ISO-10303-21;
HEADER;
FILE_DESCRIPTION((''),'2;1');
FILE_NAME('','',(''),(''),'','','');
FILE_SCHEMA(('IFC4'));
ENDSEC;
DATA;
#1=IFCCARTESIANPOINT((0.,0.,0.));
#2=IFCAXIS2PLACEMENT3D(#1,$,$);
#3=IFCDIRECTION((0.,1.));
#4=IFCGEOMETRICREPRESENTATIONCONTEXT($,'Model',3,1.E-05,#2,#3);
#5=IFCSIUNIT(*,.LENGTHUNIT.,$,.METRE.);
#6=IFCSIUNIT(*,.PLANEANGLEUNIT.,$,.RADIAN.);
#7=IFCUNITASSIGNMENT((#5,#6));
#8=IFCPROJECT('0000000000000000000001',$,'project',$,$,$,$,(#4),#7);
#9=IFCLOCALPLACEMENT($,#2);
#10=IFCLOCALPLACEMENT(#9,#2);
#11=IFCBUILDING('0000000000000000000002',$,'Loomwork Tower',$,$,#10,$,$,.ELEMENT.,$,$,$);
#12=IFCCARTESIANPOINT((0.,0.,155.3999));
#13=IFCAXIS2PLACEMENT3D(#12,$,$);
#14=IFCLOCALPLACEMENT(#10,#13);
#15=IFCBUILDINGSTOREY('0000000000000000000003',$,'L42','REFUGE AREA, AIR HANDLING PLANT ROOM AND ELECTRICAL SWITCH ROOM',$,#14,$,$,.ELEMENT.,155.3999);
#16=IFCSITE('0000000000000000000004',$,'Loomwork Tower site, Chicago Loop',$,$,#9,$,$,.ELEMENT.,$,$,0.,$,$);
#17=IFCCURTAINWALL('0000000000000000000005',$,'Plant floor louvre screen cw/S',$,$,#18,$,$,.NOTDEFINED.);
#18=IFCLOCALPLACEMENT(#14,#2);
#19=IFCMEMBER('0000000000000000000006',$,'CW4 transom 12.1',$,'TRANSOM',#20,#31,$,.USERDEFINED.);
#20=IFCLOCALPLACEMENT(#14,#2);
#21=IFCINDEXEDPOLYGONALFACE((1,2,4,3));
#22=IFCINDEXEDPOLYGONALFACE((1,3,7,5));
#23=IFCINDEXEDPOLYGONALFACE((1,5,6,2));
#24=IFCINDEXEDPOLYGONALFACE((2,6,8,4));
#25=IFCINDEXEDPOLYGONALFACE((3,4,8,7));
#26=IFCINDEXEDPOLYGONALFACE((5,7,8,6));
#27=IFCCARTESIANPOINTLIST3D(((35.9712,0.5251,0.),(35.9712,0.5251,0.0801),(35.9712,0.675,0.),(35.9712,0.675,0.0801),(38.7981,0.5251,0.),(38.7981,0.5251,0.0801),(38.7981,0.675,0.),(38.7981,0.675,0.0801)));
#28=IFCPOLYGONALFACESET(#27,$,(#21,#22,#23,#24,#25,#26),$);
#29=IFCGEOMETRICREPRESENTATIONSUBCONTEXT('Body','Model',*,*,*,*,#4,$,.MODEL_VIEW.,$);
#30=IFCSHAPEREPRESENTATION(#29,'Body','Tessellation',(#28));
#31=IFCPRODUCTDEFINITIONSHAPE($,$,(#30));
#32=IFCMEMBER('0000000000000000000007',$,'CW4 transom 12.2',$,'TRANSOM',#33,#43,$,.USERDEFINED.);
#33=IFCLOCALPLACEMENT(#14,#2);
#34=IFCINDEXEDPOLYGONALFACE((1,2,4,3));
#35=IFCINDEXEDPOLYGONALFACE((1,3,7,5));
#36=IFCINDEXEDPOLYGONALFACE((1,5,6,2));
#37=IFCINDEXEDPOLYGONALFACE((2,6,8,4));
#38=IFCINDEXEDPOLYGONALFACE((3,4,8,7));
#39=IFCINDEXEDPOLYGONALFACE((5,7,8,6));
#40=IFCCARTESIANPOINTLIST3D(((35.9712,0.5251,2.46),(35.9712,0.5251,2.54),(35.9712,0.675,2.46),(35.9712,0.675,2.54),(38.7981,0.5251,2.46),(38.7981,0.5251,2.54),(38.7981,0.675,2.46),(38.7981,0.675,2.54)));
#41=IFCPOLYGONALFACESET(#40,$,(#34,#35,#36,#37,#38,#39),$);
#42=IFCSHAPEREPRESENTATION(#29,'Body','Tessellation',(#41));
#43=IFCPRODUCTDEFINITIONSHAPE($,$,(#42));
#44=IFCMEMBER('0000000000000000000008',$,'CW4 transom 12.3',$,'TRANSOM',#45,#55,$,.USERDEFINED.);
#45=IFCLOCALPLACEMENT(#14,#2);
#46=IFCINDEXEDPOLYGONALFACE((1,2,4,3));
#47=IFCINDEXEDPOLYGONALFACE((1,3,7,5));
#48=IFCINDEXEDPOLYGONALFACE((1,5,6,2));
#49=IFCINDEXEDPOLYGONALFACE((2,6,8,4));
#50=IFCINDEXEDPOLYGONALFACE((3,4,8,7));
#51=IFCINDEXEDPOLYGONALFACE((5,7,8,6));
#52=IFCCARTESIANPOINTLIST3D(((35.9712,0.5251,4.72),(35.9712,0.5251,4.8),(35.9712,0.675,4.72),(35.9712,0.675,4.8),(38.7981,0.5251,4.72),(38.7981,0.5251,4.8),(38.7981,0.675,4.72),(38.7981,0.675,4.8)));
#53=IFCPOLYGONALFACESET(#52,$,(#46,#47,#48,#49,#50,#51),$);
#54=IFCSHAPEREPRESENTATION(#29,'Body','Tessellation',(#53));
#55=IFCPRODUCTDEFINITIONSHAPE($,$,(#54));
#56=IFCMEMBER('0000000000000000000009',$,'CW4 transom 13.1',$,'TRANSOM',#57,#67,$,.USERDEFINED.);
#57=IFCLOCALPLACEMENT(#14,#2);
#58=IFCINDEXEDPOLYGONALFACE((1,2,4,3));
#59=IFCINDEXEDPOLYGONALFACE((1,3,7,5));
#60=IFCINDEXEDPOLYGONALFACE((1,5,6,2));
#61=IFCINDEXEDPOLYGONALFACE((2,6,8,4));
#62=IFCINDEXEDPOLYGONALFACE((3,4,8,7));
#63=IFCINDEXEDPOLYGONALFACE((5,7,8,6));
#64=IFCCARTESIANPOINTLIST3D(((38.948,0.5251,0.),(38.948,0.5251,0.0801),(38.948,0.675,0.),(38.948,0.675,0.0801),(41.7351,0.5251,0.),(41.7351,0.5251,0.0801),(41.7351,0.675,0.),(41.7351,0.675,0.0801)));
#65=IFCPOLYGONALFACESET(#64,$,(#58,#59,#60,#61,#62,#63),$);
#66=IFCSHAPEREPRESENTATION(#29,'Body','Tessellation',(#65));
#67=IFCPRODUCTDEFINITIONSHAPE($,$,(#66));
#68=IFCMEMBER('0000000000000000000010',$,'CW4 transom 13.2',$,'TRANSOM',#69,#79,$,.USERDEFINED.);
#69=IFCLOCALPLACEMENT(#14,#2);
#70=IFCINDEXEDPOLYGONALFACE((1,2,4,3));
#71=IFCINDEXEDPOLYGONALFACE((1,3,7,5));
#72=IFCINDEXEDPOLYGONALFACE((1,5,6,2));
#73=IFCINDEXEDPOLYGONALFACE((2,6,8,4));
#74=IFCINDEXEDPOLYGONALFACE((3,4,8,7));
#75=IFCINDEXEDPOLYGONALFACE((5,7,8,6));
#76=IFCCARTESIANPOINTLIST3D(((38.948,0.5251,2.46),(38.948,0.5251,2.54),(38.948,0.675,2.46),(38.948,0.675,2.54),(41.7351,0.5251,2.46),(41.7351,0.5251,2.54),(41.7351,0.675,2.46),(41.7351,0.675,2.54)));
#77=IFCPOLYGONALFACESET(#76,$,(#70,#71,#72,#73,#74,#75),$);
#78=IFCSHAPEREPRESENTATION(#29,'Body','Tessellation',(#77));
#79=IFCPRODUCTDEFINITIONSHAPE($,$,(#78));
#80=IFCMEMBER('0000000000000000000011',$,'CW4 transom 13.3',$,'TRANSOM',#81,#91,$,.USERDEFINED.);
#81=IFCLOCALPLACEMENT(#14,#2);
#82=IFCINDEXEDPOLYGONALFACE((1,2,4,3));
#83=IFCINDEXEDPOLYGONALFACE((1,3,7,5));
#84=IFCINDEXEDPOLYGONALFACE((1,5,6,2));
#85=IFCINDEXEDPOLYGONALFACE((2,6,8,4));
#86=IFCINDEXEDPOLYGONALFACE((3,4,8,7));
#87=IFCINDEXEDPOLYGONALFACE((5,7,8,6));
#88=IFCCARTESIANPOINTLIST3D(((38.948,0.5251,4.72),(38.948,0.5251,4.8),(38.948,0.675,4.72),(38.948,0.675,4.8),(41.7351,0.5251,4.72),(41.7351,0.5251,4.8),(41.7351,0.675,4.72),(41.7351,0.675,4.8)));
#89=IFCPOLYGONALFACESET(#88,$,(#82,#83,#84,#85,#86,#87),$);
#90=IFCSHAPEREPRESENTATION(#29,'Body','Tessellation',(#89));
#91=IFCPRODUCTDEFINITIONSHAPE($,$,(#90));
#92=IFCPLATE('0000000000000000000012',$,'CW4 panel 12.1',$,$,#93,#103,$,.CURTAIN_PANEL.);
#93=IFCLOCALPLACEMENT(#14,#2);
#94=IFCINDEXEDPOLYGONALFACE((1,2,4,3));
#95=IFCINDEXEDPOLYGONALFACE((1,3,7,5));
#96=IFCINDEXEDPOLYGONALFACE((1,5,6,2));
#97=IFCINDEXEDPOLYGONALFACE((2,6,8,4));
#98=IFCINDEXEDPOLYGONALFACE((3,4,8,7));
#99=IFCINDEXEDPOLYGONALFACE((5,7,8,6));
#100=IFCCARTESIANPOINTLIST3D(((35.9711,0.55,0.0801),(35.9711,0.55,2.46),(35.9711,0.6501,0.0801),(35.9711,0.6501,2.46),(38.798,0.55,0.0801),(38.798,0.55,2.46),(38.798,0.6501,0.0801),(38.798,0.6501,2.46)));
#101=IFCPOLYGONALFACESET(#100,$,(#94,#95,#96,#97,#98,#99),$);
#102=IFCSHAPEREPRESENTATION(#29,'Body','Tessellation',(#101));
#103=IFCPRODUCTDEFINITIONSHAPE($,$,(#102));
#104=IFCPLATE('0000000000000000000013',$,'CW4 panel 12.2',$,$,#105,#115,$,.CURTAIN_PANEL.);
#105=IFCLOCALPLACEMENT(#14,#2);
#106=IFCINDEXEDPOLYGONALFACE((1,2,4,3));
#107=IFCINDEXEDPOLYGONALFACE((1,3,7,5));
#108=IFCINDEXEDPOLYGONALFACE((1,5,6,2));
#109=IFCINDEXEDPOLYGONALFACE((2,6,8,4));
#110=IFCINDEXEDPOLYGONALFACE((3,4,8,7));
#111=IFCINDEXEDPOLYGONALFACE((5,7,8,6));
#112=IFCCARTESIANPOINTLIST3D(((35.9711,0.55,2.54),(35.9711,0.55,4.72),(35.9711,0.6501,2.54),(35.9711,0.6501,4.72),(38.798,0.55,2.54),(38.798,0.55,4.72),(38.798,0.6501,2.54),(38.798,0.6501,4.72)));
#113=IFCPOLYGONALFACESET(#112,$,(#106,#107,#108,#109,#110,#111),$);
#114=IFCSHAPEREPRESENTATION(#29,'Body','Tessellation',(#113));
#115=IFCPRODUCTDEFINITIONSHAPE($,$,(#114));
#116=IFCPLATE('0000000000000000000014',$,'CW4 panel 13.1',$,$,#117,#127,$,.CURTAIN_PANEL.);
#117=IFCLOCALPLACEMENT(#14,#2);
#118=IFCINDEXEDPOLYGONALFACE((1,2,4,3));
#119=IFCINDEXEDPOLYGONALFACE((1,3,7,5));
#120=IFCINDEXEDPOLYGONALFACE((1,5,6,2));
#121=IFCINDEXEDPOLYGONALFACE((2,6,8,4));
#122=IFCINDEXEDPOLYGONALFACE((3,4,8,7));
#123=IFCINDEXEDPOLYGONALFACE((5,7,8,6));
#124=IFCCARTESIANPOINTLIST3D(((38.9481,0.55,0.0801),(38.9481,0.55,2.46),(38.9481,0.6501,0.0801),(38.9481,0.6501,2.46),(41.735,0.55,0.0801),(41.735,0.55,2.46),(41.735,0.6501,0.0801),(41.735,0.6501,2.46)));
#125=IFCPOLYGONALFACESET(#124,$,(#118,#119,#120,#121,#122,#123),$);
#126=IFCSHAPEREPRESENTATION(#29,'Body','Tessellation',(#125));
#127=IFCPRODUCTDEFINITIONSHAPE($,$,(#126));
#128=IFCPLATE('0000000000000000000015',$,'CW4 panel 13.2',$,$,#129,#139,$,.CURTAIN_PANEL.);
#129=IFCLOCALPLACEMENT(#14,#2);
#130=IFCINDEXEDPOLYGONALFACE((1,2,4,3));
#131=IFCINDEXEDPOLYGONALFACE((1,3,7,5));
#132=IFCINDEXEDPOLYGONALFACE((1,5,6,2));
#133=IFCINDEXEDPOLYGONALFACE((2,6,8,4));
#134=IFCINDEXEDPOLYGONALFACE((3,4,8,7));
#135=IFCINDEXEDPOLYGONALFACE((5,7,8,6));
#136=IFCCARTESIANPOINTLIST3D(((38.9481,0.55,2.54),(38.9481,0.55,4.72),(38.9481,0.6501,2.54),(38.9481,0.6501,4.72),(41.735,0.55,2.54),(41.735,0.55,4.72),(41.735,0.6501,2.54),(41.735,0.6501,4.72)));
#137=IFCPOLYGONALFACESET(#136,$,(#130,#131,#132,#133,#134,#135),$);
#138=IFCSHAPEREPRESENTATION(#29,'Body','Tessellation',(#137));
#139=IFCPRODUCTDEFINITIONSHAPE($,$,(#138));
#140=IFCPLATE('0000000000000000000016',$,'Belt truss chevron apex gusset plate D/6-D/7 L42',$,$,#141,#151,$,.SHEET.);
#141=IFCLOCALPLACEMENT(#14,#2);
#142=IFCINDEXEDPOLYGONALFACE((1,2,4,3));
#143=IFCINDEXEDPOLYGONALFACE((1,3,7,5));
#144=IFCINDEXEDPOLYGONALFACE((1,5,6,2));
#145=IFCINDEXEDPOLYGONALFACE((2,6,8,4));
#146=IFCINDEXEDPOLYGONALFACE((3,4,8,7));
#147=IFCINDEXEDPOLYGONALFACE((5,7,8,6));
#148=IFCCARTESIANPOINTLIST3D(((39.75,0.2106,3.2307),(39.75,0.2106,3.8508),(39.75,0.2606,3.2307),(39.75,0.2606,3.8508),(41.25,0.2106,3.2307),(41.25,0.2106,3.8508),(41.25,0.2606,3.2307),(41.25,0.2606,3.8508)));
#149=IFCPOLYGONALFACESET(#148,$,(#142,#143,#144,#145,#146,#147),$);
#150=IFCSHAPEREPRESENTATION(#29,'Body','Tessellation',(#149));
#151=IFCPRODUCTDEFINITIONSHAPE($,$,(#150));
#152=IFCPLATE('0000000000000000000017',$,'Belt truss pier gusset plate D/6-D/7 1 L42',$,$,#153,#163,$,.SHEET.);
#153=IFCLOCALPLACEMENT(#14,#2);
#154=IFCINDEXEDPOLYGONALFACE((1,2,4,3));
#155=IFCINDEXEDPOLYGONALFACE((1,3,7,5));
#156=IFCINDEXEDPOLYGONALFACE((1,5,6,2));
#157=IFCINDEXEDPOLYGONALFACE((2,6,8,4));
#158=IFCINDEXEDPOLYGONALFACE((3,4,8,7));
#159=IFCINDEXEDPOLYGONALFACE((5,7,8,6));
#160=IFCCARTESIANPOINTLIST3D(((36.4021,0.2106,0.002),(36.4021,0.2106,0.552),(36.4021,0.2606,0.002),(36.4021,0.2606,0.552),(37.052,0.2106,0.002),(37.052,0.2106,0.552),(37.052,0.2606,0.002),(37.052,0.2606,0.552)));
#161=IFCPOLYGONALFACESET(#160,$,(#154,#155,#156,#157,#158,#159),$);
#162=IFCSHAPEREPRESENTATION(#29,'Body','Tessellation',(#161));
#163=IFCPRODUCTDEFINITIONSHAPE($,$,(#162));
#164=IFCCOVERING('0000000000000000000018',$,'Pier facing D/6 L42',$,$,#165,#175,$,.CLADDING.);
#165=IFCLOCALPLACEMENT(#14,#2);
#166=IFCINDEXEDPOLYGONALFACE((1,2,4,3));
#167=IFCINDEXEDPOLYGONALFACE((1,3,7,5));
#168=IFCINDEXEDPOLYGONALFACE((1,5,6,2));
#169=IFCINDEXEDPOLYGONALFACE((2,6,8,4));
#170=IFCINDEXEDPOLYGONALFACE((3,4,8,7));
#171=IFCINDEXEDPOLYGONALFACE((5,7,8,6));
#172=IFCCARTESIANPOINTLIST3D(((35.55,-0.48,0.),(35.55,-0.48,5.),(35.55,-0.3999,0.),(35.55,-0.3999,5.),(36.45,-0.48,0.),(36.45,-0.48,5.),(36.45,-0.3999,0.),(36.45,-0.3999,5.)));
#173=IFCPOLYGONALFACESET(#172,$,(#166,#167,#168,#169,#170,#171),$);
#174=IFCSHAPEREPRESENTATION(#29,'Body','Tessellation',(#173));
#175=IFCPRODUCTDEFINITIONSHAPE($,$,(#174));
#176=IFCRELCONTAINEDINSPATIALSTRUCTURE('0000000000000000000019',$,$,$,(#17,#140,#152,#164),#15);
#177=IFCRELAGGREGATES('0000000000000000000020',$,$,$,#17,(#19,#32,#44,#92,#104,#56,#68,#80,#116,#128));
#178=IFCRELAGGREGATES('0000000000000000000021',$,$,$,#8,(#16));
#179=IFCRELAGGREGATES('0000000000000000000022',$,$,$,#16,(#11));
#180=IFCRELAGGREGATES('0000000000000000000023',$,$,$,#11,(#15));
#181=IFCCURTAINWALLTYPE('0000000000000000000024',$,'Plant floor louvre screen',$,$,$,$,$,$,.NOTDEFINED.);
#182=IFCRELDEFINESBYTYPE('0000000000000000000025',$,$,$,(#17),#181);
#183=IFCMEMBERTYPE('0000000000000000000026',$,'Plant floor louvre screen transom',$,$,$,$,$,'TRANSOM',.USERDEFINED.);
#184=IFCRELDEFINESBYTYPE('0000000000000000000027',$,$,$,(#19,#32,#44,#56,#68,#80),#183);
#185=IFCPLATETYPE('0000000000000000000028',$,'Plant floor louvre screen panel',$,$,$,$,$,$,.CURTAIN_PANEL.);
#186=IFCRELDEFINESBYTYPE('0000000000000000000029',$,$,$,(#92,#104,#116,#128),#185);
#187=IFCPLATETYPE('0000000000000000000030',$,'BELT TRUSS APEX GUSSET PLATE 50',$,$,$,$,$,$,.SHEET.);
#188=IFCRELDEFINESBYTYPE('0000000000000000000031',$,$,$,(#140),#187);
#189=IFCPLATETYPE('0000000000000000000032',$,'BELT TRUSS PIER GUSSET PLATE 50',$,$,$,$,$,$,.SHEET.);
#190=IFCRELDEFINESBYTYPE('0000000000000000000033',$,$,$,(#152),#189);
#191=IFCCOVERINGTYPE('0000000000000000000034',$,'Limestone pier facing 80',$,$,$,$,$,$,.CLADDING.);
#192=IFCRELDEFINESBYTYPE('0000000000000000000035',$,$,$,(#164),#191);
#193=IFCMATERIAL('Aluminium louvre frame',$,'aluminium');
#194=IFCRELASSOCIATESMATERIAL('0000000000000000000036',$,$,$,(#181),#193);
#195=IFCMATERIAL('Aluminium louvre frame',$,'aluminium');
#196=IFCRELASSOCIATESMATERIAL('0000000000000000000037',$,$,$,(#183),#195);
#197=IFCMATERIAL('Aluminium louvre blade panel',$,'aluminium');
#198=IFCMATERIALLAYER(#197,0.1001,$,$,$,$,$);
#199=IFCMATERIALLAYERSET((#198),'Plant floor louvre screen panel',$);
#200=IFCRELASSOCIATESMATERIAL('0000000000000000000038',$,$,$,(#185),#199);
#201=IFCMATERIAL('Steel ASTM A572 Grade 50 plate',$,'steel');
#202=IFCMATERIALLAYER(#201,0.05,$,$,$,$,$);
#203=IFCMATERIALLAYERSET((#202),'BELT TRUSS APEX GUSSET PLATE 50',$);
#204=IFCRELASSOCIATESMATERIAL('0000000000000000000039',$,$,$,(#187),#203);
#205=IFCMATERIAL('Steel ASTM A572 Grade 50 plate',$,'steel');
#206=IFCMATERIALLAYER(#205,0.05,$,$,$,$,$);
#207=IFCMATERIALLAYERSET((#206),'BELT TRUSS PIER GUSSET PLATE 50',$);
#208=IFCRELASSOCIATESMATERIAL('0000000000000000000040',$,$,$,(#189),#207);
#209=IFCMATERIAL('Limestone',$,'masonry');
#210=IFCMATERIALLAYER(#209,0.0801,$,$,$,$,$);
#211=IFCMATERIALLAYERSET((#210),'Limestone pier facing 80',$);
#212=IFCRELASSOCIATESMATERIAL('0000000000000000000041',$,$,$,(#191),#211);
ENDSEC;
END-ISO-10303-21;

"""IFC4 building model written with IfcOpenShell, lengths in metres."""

from ifc_helpers import new_model, si_unit, direction, frame, origin, origin_2d, place, context, subcontext, project, spatial, rectangle, extrude, material, layer, layer_set, material_profile, profile_set, type_object, element, aggregate, save


model = new_model("IFC4")

# Units and contexts
model_context = context("Model", 3, precision=1e-05, world=origin(), true_north=direction((0.0, 1.0)))
body_context = subcontext(model_context, "Body", "Model", "MODEL_VIEW")
ifc_project = project(units=[si_unit("LENGTHUNIT", "METRE"), si_unit("PLANEANGLEUNIT", "RADIAN")], contexts=[model_context])

# Site, building, storey
site_placement = place(None, origin())
site = spatial("IfcSite", under=ifc_project, at=site_placement, Name="Loomwork Tower site, Chicago Loop", CompositionType="ELEMENT", RefElevation=0.0)
building_placement = place(site_placement, origin())
building = spatial("IfcBuilding", under=site, at=building_placement, Name="Loomwork Tower", CompositionType="ELEMENT")
storey_placement = place(building_placement, frame((0.0, 0.0, 155.3999)))
storey = spatial("IfcBuildingStorey", under=building, at=storey_placement, Name="L42", Description="REFUGE AREA, AIR HANDLING PLANT ROOM AND ELECTRICAL SWITCH ROOM", CompositionType="ELEMENT", Elevation=155.3999)

# Curtain wall, members, plates
ifc_material_1 = material(Name="Aluminium louvre frame", Category="aluminium")
curtain_wall_type = type_object("IfcCurtainWallType", Name="Plant floor louvre screen", PredefinedType="NOTDEFINED", material=ifc_material_1)
curtain_wall_placement = place(storey_placement, origin())
curtain_wall = element("IfcCurtainWall", 1, at=curtain_wall_placement, inside=storey, type_object=curtain_wall_type, Name="Plant floor louvre screen cw/S", PredefinedType="NOTDEFINED")
ifc_material_2 = material(Name="Aluminium louvre frame", Category="aluminium")
ifc_material_profile_1 = material_profile(ifc_material_2, rectangle(XDim=0.1499, YDim=0.0801, at=origin_2d()), Name="AL 80x150")
ifc_profile_set_1 = profile_set([ifc_material_profile_1], Name="Aluminium louvre frame")
member_type_1 = type_object("IfcMemberType", Name="Plant floor louvre screen transom", ElementType="TRANSOM", PredefinedType="USERDEFINED", material=ifc_profile_set_1)
member_1_placement = place(storey_placement, frame((35.9712, 0.6001, 0.04), z_axis=(1.0, 0.0, 0.0), x_axis=(0.0, 1.0, 0.0)))
member_1 = element("IfcMember", 2, at=member_1_placement, type_object=member_type_1, Name="CW4 transom 12.1", ObjectType="TRANSOM", PredefinedType="USERDEFINED", context=body_context, shape_type="SweptSolid", body=[
    extrude(rectangle(XDim=0.1499, YDim=0.0801, at=origin_2d()), origin(), (0.0, 0.0, 1.0), 2.8269),
])
member_2_placement = place(storey_placement, frame((35.9712, 0.6001, 2.5), z_axis=(1.0, 0.0, 0.0), x_axis=(0.0, 1.0, 0.0)))
member_2 = element("IfcMember", 3, at=member_2_placement, type_object=member_type_1, Name="CW4 transom 12.2", ObjectType="TRANSOM", PredefinedType="USERDEFINED", context=body_context, shape_type="SweptSolid", body=[
    extrude(rectangle(XDim=0.1499, YDim=0.0801, at=origin_2d()), origin(), (0.0, 0.0, 1.0), 2.8269),
])
member_3_placement = place(storey_placement, frame((35.9712, 0.6001, 4.76), z_axis=(1.0, 0.0, 0.0), x_axis=(0.0, 1.0, 0.0)))
member_3 = element("IfcMember", 4, at=member_3_placement, type_object=member_type_1, Name="CW4 transom 12.3", ObjectType="TRANSOM", PredefinedType="USERDEFINED", context=body_context, shape_type="SweptSolid", body=[
    extrude(rectangle(XDim=0.1499, YDim=0.0801, at=origin_2d()), origin(), (0.0, 0.0, 1.0), 2.8269),
])
member_4_placement = place(storey_placement, frame((38.948, 0.6001, 0.04), z_axis=(1.0, 0.0, 0.0), x_axis=(0.0, 1.0, 0.0)))
member_4 = element("IfcMember", 5, at=member_4_placement, type_object=member_type_1, Name="CW4 transom 13.1", ObjectType="TRANSOM", PredefinedType="USERDEFINED", context=body_context, shape_type="SweptSolid", body=[
    extrude(rectangle(XDim=0.1499, YDim=0.0801, at=origin_2d()), origin(), (0.0, 0.0, 1.0), 2.7871),
])
member_5_placement = place(storey_placement, frame((38.948, 0.6001, 2.5), z_axis=(1.0, 0.0, 0.0), x_axis=(0.0, 1.0, 0.0)))
member_5 = element("IfcMember", 6, at=member_5_placement, type_object=member_type_1, Name="CW4 transom 13.2", ObjectType="TRANSOM", PredefinedType="USERDEFINED", context=body_context, shape_type="SweptSolid", body=[
    extrude(rectangle(XDim=0.1499, YDim=0.0801, at=origin_2d()), origin(), (0.0, 0.0, 1.0), 2.7871),
])
member_6_placement = place(storey_placement, frame((38.948, 0.6001, 4.76), z_axis=(1.0, 0.0, 0.0), x_axis=(0.0, 1.0, 0.0)))
member_6 = element("IfcMember", 7, at=member_6_placement, type_object=member_type_1, Name="CW4 transom 13.3", ObjectType="TRANSOM", PredefinedType="USERDEFINED", context=body_context, shape_type="SweptSolid", body=[
    extrude(rectangle(XDim=0.1499, YDim=0.0801, at=origin_2d()), origin(), (0.0, 0.0, 1.0), 2.7871),
])
ifc_material_3 = material(Name="Aluminium louvre blade panel", Category="aluminium")
ifc_layer_1 = layer(ifc_material_3, 0.1001)
ifc_layer_set_1 = layer_set([ifc_layer_1], Name="Plant floor louvre screen panel")
plate_type_1 = type_object("IfcPlateType", Name="Plant floor louvre screen panel", PredefinedType="CURTAIN_PANEL", material=ifc_layer_set_1)
plate_1_placement = place(storey_placement, frame((37.3845, 0.6001, 0.0801), z_axis=(0.0, 0.0, 1.0), x_axis=(1.0, 0.0, 0.0)))
plate_1 = element("IfcPlate", 8, at=plate_1_placement, type_object=plate_type_1, Name="CW4 panel 12.1", PredefinedType="CURTAIN_PANEL", context=body_context, shape_type="SweptSolid", body=[
    extrude(rectangle(XDim=2.8269, YDim=0.1001, at=origin_2d()), origin(), (0.0, 0.0, 1.0), 2.3799),
])
plate_2_placement = place(storey_placement, frame((37.3845, 0.6001, 2.54), z_axis=(0.0, 0.0, 1.0), x_axis=(1.0, 0.0, 0.0)))
plate_2 = element("IfcPlate", 9, at=plate_2_placement, type_object=plate_type_1, Name="CW4 panel 12.2", PredefinedType="CURTAIN_PANEL", context=body_context, shape_type="SweptSolid", body=[
    extrude(rectangle(XDim=2.8269, YDim=0.1001, at=origin_2d()), origin(), (0.0, 0.0, 1.0), 2.1799),
])
plate_3_placement = place(storey_placement, frame((40.3416, 0.6001, 0.0801), z_axis=(0.0, 0.0, 1.0), x_axis=(1.0, 0.0, 0.0)))
plate_3 = element("IfcPlate", 10, at=plate_3_placement, type_object=plate_type_1, Name="CW4 panel 13.1", PredefinedType="CURTAIN_PANEL", context=body_context, shape_type="SweptSolid", body=[
    extrude(rectangle(XDim=2.7869, YDim=0.1001, at=origin_2d()), origin(), (0.0, 0.0, 1.0), 2.3799),
])
plate_4_placement = place(storey_placement, frame((40.3416, 0.6001, 2.54), z_axis=(0.0, 0.0, 1.0), x_axis=(1.0, 0.0, 0.0)))
plate_4 = element("IfcPlate", 11, at=plate_4_placement, type_object=plate_type_1, Name="CW4 panel 13.2", PredefinedType="CURTAIN_PANEL", context=body_context, shape_type="SweptSolid", body=[
    extrude(rectangle(XDim=2.7869, YDim=0.1001, at=origin_2d()), origin(), (0.0, 0.0, 1.0), 2.1799),
])
aggregate(curtain_wall, [member_1, member_2, member_3, plate_1, plate_2, member_4, member_5, member_6, plate_3, plate_4])

# Plates
ifc_material_4 = material(Name="Steel ASTM A572 Grade 50 plate", Category="steel")
ifc_layer_2 = layer(ifc_material_4, 0.05)
ifc_layer_set_2 = layer_set([ifc_layer_2], Name="BELT TRUSS APEX GUSSET PLATE 50")
plate_type_2 = type_object("IfcPlateType", Name="BELT TRUSS APEX GUSSET PLATE 50", PredefinedType="SHEET", material=ifc_layer_set_2)
plate_5_placement = place(storey_placement, frame((40.5, 0.2356, 3.2307), z_axis=(0.0, 0.0, 1.0), x_axis=(1.0, 0.0, 0.0)))
element("IfcPlate", 12, at=plate_5_placement, inside=storey, type_object=plate_type_2, Name="Belt truss chevron apex gusset plate D/6-D/7 L42", PredefinedType="SHEET", context=body_context, shape_type="SweptSolid", body=[
    extrude(rectangle(XDim=1.5, YDim=0.05, at=origin_2d()), origin(), (0.0, 0.0, 1.0), 0.6201),
])
ifc_material_5 = material(Name="Steel ASTM A572 Grade 50 plate", Category="steel")
ifc_layer_3 = layer(ifc_material_5, 0.05)
ifc_layer_set_3 = layer_set([ifc_layer_3], Name="BELT TRUSS PIER GUSSET PLATE 50")
plate_type_3 = type_object("IfcPlateType", Name="BELT TRUSS PIER GUSSET PLATE 50", PredefinedType="SHEET", material=ifc_layer_set_3)
plate_6_placement = place(storey_placement, frame((36.7271, 0.2356, 0.002), z_axis=(0.0, 0.0, 1.0), x_axis=(1.0, 0.0, 0.0)))
element("IfcPlate", 13, at=plate_6_placement, inside=storey, type_object=plate_type_3, Name="Belt truss pier gusset plate D/6-D/7 1 L42", PredefinedType="SHEET", context=body_context, shape_type="SweptSolid", body=[
    extrude(rectangle(XDim=0.6499, YDim=0.05, at=origin_2d()), origin(), (0.0, 0.0, 1.0), 0.55),
])

# Covering
ifc_material_6 = material(Name="Limestone", Category="masonry")
ifc_layer_4 = layer(ifc_material_6, 0.0801)
ifc_layer_set_4 = layer_set([ifc_layer_4], Name="Limestone pier facing 80")
covering_type = type_object("IfcCoveringType", Name="Limestone pier facing 80", PredefinedType="CLADDING", material=ifc_layer_set_4)
covering_placement = place(storey_placement, frame((36.0, -0.4399, 0.0), z_axis=(0.0, 0.0, 1.0), x_axis=(1.0, 0.0, 0.0)))
element("IfcCovering", 14, at=covering_placement, inside=storey, type_object=covering_type, Name="Pier facing D/6 L42", PredefinedType="CLADDING", context=body_context, shape_type="SweptSolid", body=[
    extrude(rectangle(XDim=0.8999, YDim=0.0801, at=origin_2d()), origin(), (0.0, 0.0, 1.0), 5.0),
])

save(model, "model.ifc")
